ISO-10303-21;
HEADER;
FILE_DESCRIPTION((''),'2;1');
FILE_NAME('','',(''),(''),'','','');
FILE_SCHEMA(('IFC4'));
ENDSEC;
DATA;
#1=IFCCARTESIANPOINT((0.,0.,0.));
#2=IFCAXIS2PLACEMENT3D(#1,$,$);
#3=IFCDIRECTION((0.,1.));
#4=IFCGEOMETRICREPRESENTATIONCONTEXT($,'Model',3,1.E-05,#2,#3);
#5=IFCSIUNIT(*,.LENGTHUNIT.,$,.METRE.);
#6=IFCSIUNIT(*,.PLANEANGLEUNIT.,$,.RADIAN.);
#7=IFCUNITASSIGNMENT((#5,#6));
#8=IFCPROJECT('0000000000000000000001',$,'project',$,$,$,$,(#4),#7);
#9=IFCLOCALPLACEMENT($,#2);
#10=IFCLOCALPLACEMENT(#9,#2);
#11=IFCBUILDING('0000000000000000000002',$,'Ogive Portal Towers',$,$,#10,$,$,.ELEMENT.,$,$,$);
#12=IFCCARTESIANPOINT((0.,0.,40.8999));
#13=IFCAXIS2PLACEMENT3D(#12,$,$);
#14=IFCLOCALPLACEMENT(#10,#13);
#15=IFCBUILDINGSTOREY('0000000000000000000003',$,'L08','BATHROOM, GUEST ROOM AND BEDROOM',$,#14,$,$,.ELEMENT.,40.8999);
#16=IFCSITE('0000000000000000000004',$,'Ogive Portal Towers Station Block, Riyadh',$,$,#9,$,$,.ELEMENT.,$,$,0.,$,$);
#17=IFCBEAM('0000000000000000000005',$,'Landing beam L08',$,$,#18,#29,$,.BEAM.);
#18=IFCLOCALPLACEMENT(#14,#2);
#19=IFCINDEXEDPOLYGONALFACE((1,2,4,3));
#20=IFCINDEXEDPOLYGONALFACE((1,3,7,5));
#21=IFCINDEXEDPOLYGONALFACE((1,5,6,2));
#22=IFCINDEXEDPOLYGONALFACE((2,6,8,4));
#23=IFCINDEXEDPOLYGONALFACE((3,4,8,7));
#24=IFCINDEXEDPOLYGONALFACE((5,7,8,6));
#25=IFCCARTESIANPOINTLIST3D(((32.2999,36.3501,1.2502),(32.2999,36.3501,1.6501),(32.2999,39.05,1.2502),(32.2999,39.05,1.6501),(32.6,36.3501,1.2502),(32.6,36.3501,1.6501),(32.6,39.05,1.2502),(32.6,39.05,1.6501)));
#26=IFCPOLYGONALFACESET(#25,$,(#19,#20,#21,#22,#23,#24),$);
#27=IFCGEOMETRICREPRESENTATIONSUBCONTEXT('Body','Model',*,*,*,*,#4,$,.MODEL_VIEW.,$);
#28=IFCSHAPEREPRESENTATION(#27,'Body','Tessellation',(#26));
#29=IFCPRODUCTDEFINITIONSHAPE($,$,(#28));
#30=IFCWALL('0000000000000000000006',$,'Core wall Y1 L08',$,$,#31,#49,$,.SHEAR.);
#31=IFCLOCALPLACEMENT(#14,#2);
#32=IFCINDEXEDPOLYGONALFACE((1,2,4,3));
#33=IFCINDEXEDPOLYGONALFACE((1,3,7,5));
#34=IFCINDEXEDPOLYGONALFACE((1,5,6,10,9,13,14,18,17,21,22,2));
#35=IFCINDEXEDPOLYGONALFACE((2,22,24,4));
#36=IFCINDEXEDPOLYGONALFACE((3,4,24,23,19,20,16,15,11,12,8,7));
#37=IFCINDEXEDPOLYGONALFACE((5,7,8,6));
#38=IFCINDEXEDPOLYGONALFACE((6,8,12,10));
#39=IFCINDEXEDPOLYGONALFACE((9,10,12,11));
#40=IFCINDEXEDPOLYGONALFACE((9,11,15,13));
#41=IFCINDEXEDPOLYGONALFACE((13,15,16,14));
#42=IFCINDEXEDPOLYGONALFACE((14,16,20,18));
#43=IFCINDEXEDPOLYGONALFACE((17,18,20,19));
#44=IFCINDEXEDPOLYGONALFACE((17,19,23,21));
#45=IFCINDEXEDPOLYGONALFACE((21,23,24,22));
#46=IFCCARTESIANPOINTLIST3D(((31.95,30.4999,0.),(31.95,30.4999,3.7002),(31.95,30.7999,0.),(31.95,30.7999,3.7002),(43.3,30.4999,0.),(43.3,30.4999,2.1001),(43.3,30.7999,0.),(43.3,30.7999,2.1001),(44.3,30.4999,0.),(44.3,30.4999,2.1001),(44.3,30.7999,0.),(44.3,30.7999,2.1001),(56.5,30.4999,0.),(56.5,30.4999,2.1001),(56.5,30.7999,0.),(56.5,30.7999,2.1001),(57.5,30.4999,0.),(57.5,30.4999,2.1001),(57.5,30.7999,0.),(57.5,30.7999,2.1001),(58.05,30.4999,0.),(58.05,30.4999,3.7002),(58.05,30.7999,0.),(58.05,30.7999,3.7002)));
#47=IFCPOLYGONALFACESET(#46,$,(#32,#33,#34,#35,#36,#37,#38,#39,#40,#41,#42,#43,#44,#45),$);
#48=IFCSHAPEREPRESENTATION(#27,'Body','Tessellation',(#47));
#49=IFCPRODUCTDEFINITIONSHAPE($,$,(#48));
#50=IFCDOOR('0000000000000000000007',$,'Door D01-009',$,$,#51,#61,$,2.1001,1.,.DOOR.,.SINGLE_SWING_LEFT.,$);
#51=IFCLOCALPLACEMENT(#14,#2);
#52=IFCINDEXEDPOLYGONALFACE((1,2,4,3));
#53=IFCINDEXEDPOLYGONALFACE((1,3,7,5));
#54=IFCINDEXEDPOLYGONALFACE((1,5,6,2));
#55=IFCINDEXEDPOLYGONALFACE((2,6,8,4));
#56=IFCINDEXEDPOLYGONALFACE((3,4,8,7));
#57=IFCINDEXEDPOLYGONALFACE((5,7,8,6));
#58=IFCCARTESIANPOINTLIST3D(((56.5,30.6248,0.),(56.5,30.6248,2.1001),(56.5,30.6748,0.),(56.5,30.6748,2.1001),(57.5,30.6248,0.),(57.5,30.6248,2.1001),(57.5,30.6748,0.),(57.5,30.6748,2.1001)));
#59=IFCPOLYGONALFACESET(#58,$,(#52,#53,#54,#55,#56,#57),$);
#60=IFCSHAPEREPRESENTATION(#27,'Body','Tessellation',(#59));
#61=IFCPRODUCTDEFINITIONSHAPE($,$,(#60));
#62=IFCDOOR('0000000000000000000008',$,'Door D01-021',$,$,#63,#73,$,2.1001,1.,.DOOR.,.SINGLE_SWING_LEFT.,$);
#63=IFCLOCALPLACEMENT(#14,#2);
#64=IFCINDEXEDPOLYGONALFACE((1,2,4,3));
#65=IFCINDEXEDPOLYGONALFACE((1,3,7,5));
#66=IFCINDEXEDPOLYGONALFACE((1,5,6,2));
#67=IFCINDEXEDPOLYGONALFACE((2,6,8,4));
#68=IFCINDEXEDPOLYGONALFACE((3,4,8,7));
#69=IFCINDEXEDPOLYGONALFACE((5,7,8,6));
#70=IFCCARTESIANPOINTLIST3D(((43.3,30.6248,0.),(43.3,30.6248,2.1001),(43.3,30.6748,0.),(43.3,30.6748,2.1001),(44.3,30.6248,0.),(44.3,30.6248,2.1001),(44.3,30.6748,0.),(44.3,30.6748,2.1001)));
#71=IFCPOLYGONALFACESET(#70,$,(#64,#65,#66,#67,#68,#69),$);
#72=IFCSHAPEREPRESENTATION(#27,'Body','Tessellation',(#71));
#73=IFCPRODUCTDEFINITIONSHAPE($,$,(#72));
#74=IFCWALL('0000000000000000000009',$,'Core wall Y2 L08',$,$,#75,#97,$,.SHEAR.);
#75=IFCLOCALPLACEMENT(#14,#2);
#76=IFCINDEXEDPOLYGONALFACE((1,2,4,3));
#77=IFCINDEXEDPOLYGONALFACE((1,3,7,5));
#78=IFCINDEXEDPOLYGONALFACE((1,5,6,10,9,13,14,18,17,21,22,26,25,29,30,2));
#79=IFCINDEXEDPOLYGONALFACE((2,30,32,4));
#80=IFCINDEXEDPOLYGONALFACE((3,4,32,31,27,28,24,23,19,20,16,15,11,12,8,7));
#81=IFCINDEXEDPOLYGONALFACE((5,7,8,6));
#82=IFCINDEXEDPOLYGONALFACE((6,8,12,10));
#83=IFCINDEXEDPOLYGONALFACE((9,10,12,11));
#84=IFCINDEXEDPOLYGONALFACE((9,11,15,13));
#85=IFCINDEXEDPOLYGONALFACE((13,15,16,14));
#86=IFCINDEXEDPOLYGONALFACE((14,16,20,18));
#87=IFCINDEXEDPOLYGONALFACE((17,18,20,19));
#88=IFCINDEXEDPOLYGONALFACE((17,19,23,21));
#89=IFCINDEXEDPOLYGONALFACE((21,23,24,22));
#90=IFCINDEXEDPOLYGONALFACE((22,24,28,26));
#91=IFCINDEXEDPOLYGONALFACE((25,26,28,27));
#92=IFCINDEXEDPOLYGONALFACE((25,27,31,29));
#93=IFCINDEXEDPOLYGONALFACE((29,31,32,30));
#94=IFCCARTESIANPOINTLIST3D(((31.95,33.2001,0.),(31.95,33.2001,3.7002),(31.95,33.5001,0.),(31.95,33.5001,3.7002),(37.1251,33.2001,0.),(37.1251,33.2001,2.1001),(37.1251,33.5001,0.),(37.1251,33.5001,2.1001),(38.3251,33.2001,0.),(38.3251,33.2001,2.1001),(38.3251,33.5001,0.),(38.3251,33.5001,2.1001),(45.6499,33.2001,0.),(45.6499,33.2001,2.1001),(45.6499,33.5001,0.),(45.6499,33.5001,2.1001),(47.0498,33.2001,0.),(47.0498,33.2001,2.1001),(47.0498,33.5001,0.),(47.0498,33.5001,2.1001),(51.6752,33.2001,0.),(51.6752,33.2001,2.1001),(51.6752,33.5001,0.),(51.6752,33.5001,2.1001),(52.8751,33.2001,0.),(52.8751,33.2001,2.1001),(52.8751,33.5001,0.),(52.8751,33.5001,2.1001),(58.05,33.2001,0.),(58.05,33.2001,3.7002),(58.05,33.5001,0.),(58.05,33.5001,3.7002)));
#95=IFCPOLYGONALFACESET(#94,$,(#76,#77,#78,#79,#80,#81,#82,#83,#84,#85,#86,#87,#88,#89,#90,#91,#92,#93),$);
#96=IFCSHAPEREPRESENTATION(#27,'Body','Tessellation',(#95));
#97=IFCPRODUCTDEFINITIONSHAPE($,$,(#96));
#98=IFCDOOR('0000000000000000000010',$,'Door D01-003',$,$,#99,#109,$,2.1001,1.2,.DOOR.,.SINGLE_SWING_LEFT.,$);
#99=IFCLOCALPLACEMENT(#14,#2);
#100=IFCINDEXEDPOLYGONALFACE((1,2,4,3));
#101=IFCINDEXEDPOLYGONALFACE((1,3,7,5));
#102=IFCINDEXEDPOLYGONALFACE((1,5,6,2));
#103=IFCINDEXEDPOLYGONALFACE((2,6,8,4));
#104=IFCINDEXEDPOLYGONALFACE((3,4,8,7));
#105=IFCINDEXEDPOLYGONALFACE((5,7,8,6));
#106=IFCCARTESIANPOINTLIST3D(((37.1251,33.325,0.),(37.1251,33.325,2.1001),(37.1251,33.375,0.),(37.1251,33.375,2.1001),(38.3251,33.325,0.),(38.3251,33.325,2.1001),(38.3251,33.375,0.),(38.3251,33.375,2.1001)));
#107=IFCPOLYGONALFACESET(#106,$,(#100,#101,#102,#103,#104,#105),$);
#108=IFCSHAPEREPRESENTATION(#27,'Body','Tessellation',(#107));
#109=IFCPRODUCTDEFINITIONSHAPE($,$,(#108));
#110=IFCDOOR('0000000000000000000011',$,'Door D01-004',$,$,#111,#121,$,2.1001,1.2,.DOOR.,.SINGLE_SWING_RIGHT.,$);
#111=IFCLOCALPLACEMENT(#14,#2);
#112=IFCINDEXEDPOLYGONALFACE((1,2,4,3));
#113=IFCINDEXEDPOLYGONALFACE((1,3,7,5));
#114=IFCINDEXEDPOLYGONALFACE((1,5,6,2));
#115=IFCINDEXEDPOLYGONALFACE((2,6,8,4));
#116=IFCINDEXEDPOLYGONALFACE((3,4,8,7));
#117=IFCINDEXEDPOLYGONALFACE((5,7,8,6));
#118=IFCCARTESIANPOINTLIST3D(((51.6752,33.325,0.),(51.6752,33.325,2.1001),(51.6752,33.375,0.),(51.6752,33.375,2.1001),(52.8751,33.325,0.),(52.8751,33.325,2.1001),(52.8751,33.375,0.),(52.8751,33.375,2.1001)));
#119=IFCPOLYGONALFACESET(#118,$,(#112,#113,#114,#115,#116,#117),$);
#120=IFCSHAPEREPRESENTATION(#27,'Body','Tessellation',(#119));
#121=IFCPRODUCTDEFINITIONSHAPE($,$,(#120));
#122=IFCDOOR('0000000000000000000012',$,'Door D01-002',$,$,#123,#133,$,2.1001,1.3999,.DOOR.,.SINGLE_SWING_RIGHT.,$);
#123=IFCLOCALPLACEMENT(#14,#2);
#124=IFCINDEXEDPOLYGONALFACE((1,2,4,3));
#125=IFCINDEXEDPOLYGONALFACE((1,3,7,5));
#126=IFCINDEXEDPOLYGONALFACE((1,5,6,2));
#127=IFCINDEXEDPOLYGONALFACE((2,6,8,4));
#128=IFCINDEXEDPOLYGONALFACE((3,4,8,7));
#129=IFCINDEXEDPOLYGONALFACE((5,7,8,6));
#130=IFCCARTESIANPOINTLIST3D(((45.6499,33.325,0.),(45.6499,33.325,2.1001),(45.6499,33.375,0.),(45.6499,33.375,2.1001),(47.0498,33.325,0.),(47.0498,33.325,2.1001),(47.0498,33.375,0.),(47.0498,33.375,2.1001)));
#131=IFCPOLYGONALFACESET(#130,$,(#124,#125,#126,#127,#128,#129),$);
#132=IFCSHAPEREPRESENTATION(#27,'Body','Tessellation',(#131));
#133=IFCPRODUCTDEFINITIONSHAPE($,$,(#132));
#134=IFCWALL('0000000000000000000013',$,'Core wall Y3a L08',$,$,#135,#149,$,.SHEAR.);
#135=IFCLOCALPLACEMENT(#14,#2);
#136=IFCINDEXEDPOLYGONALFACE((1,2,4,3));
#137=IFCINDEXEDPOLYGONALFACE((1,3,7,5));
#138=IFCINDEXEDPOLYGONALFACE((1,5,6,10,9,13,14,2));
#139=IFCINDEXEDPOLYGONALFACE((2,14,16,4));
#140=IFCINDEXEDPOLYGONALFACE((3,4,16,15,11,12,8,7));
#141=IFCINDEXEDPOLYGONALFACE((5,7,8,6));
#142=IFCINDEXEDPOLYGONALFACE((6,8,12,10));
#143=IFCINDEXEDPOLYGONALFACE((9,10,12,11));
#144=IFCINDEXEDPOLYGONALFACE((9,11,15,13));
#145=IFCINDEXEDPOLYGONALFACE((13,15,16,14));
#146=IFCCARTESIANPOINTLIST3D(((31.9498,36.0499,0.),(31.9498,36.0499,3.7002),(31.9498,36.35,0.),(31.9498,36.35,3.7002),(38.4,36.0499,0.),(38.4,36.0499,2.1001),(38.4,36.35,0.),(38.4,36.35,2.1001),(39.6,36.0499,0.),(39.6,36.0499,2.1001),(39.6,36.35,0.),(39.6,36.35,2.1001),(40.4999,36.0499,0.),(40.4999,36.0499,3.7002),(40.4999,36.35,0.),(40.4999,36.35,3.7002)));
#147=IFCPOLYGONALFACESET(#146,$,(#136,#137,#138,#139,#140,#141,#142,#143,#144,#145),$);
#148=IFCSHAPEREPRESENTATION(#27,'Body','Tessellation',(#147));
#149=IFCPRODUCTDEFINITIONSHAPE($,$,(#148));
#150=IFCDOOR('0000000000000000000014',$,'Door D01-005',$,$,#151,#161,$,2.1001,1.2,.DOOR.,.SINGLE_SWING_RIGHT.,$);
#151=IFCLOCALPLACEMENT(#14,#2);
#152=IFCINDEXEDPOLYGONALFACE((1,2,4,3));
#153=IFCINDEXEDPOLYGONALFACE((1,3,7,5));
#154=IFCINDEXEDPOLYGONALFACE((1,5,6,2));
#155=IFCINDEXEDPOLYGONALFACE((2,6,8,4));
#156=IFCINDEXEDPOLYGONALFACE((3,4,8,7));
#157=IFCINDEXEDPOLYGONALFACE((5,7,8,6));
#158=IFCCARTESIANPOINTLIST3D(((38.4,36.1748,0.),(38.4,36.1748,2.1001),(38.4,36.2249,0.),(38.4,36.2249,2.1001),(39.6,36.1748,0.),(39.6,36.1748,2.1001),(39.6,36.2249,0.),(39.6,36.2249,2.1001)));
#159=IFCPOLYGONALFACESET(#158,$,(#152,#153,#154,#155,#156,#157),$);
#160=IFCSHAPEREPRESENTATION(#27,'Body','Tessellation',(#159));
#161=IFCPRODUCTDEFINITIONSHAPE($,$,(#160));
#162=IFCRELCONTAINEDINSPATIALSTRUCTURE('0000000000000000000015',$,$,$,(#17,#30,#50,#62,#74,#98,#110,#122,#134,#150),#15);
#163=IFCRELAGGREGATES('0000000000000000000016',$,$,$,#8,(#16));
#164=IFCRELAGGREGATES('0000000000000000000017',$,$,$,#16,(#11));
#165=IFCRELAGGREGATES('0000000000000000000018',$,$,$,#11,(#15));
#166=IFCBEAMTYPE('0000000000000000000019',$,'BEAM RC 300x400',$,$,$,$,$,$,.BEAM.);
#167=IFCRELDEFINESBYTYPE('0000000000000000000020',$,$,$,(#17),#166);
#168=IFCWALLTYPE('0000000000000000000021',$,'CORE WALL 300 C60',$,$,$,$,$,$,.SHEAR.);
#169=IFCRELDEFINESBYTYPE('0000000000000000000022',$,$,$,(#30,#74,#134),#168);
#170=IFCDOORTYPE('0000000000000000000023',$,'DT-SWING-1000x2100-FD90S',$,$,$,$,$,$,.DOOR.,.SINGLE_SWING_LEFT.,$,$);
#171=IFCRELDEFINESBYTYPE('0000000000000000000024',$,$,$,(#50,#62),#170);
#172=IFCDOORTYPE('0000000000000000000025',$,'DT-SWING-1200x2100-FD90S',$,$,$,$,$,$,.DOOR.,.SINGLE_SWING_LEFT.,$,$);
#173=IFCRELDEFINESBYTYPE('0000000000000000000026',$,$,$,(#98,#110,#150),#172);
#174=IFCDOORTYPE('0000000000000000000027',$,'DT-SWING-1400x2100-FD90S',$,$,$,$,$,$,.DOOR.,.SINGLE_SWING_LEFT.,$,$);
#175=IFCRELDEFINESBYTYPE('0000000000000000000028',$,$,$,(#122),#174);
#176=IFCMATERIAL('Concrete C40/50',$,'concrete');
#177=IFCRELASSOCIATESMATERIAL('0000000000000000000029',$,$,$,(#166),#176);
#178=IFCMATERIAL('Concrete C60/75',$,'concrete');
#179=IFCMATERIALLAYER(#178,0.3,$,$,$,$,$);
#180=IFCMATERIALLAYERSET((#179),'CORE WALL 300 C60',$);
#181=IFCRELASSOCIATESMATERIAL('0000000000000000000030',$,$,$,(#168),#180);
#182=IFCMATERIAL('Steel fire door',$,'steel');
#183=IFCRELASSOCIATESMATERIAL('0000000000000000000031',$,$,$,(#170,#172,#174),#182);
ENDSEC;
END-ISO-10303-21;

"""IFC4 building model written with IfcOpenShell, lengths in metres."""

from ifc_helpers import new_model, si_unit, direction, frame, frame_2d, origin, origin_2d, place, context, subcontext, project, spatial, rectangle, extrude, material, layer, layer_set, material_profile, profile_set, type_object, element, fill, save


model = new_model("IFC4")

# Units and contexts
model_context = context("Model", 3, precision=1e-05, world=origin(), true_north=direction((0.0, 1.0)))
body_context = subcontext(model_context, "Body", "Model", "MODEL_VIEW")
ifc_project = project(units=[si_unit("LENGTHUNIT", "METRE"), si_unit("PLANEANGLEUNIT", "RADIAN")], contexts=[model_context])

# Site, building, storey
site_placement = place(None, origin())
site = spatial("IfcSite", under=ifc_project, at=site_placement, Name="Ogive Portal Towers Station Block, Riyadh", CompositionType="ELEMENT", RefElevation=0.0)
building_placement = place(site_placement, origin())
building = spatial("IfcBuilding", under=site, at=building_placement, Name="Ogive Portal Towers", CompositionType="ELEMENT")
storey_placement = place(building_placement, frame((0.0, 0.0, 40.8999)))
storey = spatial("IfcBuildingStorey", under=building, at=storey_placement, Name="L08", Description="BATHROOM, GUEST ROOM AND BEDROOM", CompositionType="ELEMENT", Elevation=40.8999)

# Beam
ifc_material_1 = material(Name="Concrete C40/50", Category="concrete")
ifc_material_profile = material_profile(ifc_material_1, rectangle(XDim=0.3, YDim=0.3999, at=origin_2d()), Name="RC 300x400")
ifc_profile_set = profile_set([ifc_material_profile], Name="Concrete C40/50")
beam_type = type_object("IfcBeamType", Name="BEAM RC 300x400", PredefinedType="BEAM", material=ifc_profile_set)
beam_placement = place(storey_placement, frame((32.45, 36.3501, 1.4502), z_axis=(0.0, 1.0, 0.0), x_axis=(-1.0, 0.0, 0.0)))
element("IfcBeam", 1, at=beam_placement, inside=storey, type_object=beam_type, Name="Landing beam L08", PredefinedType="BEAM", context=body_context, shape_type="SweptSolid", body=[
    extrude(rectangle(XDim=0.3, YDim=0.3999, at=origin_2d()), origin(), (0.0, 0.0, 1.0), 2.7),
])

# Walls, openings, doors
ifc_material_2 = material(Name="Concrete C60/75", Category="concrete")
ifc_layer = layer(ifc_material_2, 0.3)
ifc_layer_set = layer_set([ifc_layer], Name="CORE WALL 300 C60")
wall_type = type_object("IfcWallType", Name="CORE WALL 300 C60", PredefinedType="SHEAR", material=ifc_layer_set)
wall_1_placement = place(storey_placement, frame((31.95, 30.6499, 0.0), z_axis=(0.0, 0.0, 1.0), x_axis=(1.0, 0.0, 0.0)))
wall_1 = element("IfcWall", 2, at=wall_1_placement, inside=storey, type_object=wall_type, Name="Core wall Y1 L08", PredefinedType="SHEAR", context=body_context, shape_type="SweptSolid", body=[
    extrude(rectangle(XDim=26.1001, YDim=0.3, at=frame_2d((13.05, 0.0))), origin(), (0.0, 0.0, 1.0), 3.7002),
])
opening_1_placement = place(wall_1_placement, frame((24.55, 0.0, 0.0)))
opening_1 = element("IfcOpeningElement", 3, at=opening_1_placement, cuts=wall_1, PredefinedType="OPENING", context=body_context, shape_type="SweptSolid", body=[
    extrude(rectangle(XDim=1.0, YDim=2.1001, at=frame_2d((0.5, 1.05))), frame((0.0, 0.1602, 0.0), z_axis=(0.0, -1.0, 0.0), x_axis=(1.0, 0.0, 0.0)), (0.0, 0.0, 1.0), 0.3201),
])
opening_2_placement = place(wall_1_placement, frame((11.3501, 0.0, 0.0)))
opening_2 = element("IfcOpeningElement", 4, at=opening_2_placement, cuts=wall_1, PredefinedType="OPENING", context=body_context, shape_type="SweptSolid", body=[
    extrude(rectangle(XDim=1.0, YDim=2.1001, at=frame_2d((0.5, 1.05))), frame((0.0, 0.1602, 0.0), z_axis=(0.0, -1.0, 0.0), x_axis=(1.0, 0.0, 0.0)), (0.0, 0.0, 1.0), 0.3201),
])
ifc_material_3 = material(Name="Steel fire door", Category="steel")
door_type_1 = type_object("IfcDoorType", Name="DT-SWING-1000x2100-FD90S", OperationType="SINGLE_SWING_LEFT", PredefinedType="DOOR", material=ifc_material_3)
door_1_placement = place(opening_1_placement, origin())
door_1 = element("IfcDoor", 5, at=door_1_placement, inside=storey, type_object=door_type_1, Name="Door D01-009", OperationType="SINGLE_SWING_LEFT", OverallHeight=2.1001, OverallWidth=1.0, PredefinedType="DOOR", context=body_context, shape_type="SweptSolid", body=[
    extrude(rectangle(XDim=1.0, YDim=2.1001, at=frame_2d((0.5, 1.05))), frame((0.0, 0.0249, 0.0), z_axis=(0.0, -1.0, 0.0), x_axis=(1.0, 0.0, 0.0)), (0.0, 0.0, 1.0), 0.05),
])
fill(opening_1, door_1)
door_2_placement = place(opening_2_placement, origin())
door_2 = element("IfcDoor", 6, at=door_2_placement, inside=storey, type_object=door_type_1, Name="Door D01-021", OperationType="SINGLE_SWING_LEFT", OverallHeight=2.1001, OverallWidth=1.0, PredefinedType="DOOR", context=body_context, shape_type="SweptSolid", body=[
    extrude(rectangle(XDim=1.0, YDim=2.1001, at=frame_2d((0.5, 1.05))), frame((0.0, 0.0249, 0.0), z_axis=(0.0, -1.0, 0.0), x_axis=(1.0, 0.0, 0.0)), (0.0, 0.0, 1.0), 0.05),
])
fill(opening_2, door_2)
wall_2_placement = place(storey_placement, frame((31.95, 33.3501, 0.0), z_axis=(0.0, 0.0, 1.0), x_axis=(1.0, 0.0, 0.0)))
wall_2 = element("IfcWall", 7, at=wall_2_placement, inside=storey, type_object=wall_type, Name="Core wall Y2 L08", PredefinedType="SHEAR", context=body_context, shape_type="SweptSolid", body=[
    extrude(rectangle(XDim=26.1001, YDim=0.3, at=frame_2d((13.05, 0.0))), origin(), (0.0, 0.0, 1.0), 3.7002),
])
opening_3_placement = place(wall_2_placement, frame((13.7, 0.0, 0.0)))
opening_3 = element("IfcOpeningElement", 8, at=opening_3_placement, cuts=wall_2, PredefinedType="OPENING", context=body_context, shape_type="SweptSolid", body=[
    extrude(rectangle(XDim=1.3999, YDim=2.1001, at=frame_2d((0.7, 1.05))), frame((0.0, 0.1602, 0.0), z_axis=(0.0, -1.0, 0.0), x_axis=(1.0, 0.0, 0.0)), (0.0, 0.0, 1.0), 0.3201),
])
opening_4_placement = place(wall_2_placement, frame((5.175, 0.0, 0.0)))
opening_4 = element("IfcOpeningElement", 9, at=opening_4_placement, cuts=wall_2, PredefinedType="OPENING", context=body_context, shape_type="SweptSolid", body=[
    extrude(rectangle(XDim=1.2, YDim=2.1001, at=frame_2d((0.6001, 1.05))), frame((0.0, 0.1602, 0.0), z_axis=(0.0, -1.0, 0.0), x_axis=(1.0, 0.0, 0.0)), (0.0, 0.0, 1.0), 0.3201),
])
opening_5_placement = place(wall_2_placement, frame((19.7251, 0.0, 0.0)))
opening_5 = element("IfcOpeningElement", 10, at=opening_5_placement, cuts=wall_2, PredefinedType="OPENING", context=body_context, shape_type="SweptSolid", body=[
    extrude(rectangle(XDim=1.2, YDim=2.1001, at=frame_2d((0.6001, 1.05))), frame((0.0, 0.1602, 0.0), z_axis=(0.0, -1.0, 0.0), x_axis=(1.0, 0.0, 0.0)), (0.0, 0.0, 1.0), 0.3201),
])
door_type_2 = type_object("IfcDoorType", Name="DT-SWING-1200x2100-FD90S", OperationType="SINGLE_SWING_LEFT", PredefinedType="DOOR", material=ifc_material_3)
door_3_placement = place(opening_4_placement, origin())
door_3 = element("IfcDoor", 11, at=door_3_placement, inside=storey, type_object=door_type_2, Name="Door D01-003", OperationType="SINGLE_SWING_LEFT", OverallHeight=2.1001, OverallWidth=1.2, PredefinedType="DOOR", context=body_context, shape_type="SweptSolid", body=[
    extrude(rectangle(XDim=1.2, YDim=2.1001, at=frame_2d((0.6001, 1.05))), frame((0.0, 0.0249, 0.0), z_axis=(0.0, -1.0, 0.0), x_axis=(1.0, 0.0, 0.0)), (0.0, 0.0, 1.0), 0.05),
])
fill(opening_4, door_3)
door_4_placement = place(opening_5_placement, origin())
door_4 = element("IfcDoor", 12, at=door_4_placement, inside=storey, type_object=door_type_2, Name="Door D01-004", OperationType="SINGLE_SWING_RIGHT", OverallHeight=2.1001, OverallWidth=1.2, PredefinedType="DOOR", context=body_context, shape_type="SweptSolid", body=[
    extrude(rectangle(XDim=1.2, YDim=2.1001, at=frame_2d((0.6001, 1.05))), frame((0.0, 0.0249, 0.0), z_axis=(0.0, -1.0, 0.0), x_axis=(1.0, 0.0, 0.0)), (0.0, 0.0, 1.0), 0.05),
])
fill(opening_5, door_4)
door_type_3 = type_object("IfcDoorType", Name="DT-SWING-1400x2100-FD90S", OperationType="SINGLE_SWING_LEFT", PredefinedType="DOOR", material=ifc_material_3)
door_5_placement = place(opening_3_placement, origin())
door_5 = element("IfcDoor", 13, at=door_5_placement, inside=storey, type_object=door_type_3, Name="Door D01-002", OperationType="SINGLE_SWING_RIGHT", OverallHeight=2.1001, OverallWidth=1.3999, PredefinedType="DOOR", context=body_context, shape_type="SweptSolid", body=[
    extrude(rectangle(XDim=1.3999, YDim=2.1001, at=frame_2d((0.7, 1.05))), frame((0.0, 0.0249, 0.0), z_axis=(0.0, -1.0, 0.0), x_axis=(1.0, 0.0, 0.0)), (0.0, 0.0, 1.0), 0.05),
])
fill(opening_3, door_5)

# Wall, opening, door
wall_3_placement = place(storey_placement, frame((31.95, 36.2, 0.0), z_axis=(0.0, 0.0, 1.0), x_axis=(1.0, 0.0, 0.0)))
wall_3 = element("IfcWall", 14, at=wall_3_placement, inside=storey, type_object=wall_type, Name="Core wall Y3a L08", PredefinedType="SHEAR", context=body_context, shape_type="SweptSolid", body=[
    extrude(rectangle(XDim=8.55, YDim=0.3, at=frame_2d((4.2749, 0.0))), origin(), (0.0, 0.0, 1.0), 3.7002),
])
opening_6_placement = place(wall_3_placement, frame((6.45, 0.0, 0.0)))
opening_6 = element("IfcOpeningElement", 15, at=opening_6_placement, cuts=wall_3, PredefinedType="OPENING", context=body_context, shape_type="SweptSolid", body=[
    extrude(rectangle(XDim=1.2, YDim=2.1001, at=frame_2d((0.6001, 1.05))), frame((0.0, 0.1602, 0.0), z_axis=(0.0, -1.0, 0.0), x_axis=(1.0, 0.0, 0.0)), (0.0, 0.0, 1.0), 0.3201),
])
door_6_placement = place(opening_6_placement, origin())
door_6 = element("IfcDoor", 16, at=door_6_placement, inside=storey, type_object=door_type_2, Name="Door D01-005", OperationType="SINGLE_SWING_RIGHT", OverallHeight=2.1001, OverallWidth=1.2, PredefinedType="DOOR", context=body_context, shape_type="SweptSolid", body=[
    extrude(rectangle(XDim=1.2, YDim=2.1001, at=frame_2d((0.6001, 1.05))), frame((0.0, 0.0249, 0.0), z_axis=(0.0, -1.0, 0.0), x_axis=(1.0, 0.0, 0.0)), (0.0, 0.0, 1.0), 0.05),
])
fill(opening_6, door_6)

save(model, "model.ifc")
